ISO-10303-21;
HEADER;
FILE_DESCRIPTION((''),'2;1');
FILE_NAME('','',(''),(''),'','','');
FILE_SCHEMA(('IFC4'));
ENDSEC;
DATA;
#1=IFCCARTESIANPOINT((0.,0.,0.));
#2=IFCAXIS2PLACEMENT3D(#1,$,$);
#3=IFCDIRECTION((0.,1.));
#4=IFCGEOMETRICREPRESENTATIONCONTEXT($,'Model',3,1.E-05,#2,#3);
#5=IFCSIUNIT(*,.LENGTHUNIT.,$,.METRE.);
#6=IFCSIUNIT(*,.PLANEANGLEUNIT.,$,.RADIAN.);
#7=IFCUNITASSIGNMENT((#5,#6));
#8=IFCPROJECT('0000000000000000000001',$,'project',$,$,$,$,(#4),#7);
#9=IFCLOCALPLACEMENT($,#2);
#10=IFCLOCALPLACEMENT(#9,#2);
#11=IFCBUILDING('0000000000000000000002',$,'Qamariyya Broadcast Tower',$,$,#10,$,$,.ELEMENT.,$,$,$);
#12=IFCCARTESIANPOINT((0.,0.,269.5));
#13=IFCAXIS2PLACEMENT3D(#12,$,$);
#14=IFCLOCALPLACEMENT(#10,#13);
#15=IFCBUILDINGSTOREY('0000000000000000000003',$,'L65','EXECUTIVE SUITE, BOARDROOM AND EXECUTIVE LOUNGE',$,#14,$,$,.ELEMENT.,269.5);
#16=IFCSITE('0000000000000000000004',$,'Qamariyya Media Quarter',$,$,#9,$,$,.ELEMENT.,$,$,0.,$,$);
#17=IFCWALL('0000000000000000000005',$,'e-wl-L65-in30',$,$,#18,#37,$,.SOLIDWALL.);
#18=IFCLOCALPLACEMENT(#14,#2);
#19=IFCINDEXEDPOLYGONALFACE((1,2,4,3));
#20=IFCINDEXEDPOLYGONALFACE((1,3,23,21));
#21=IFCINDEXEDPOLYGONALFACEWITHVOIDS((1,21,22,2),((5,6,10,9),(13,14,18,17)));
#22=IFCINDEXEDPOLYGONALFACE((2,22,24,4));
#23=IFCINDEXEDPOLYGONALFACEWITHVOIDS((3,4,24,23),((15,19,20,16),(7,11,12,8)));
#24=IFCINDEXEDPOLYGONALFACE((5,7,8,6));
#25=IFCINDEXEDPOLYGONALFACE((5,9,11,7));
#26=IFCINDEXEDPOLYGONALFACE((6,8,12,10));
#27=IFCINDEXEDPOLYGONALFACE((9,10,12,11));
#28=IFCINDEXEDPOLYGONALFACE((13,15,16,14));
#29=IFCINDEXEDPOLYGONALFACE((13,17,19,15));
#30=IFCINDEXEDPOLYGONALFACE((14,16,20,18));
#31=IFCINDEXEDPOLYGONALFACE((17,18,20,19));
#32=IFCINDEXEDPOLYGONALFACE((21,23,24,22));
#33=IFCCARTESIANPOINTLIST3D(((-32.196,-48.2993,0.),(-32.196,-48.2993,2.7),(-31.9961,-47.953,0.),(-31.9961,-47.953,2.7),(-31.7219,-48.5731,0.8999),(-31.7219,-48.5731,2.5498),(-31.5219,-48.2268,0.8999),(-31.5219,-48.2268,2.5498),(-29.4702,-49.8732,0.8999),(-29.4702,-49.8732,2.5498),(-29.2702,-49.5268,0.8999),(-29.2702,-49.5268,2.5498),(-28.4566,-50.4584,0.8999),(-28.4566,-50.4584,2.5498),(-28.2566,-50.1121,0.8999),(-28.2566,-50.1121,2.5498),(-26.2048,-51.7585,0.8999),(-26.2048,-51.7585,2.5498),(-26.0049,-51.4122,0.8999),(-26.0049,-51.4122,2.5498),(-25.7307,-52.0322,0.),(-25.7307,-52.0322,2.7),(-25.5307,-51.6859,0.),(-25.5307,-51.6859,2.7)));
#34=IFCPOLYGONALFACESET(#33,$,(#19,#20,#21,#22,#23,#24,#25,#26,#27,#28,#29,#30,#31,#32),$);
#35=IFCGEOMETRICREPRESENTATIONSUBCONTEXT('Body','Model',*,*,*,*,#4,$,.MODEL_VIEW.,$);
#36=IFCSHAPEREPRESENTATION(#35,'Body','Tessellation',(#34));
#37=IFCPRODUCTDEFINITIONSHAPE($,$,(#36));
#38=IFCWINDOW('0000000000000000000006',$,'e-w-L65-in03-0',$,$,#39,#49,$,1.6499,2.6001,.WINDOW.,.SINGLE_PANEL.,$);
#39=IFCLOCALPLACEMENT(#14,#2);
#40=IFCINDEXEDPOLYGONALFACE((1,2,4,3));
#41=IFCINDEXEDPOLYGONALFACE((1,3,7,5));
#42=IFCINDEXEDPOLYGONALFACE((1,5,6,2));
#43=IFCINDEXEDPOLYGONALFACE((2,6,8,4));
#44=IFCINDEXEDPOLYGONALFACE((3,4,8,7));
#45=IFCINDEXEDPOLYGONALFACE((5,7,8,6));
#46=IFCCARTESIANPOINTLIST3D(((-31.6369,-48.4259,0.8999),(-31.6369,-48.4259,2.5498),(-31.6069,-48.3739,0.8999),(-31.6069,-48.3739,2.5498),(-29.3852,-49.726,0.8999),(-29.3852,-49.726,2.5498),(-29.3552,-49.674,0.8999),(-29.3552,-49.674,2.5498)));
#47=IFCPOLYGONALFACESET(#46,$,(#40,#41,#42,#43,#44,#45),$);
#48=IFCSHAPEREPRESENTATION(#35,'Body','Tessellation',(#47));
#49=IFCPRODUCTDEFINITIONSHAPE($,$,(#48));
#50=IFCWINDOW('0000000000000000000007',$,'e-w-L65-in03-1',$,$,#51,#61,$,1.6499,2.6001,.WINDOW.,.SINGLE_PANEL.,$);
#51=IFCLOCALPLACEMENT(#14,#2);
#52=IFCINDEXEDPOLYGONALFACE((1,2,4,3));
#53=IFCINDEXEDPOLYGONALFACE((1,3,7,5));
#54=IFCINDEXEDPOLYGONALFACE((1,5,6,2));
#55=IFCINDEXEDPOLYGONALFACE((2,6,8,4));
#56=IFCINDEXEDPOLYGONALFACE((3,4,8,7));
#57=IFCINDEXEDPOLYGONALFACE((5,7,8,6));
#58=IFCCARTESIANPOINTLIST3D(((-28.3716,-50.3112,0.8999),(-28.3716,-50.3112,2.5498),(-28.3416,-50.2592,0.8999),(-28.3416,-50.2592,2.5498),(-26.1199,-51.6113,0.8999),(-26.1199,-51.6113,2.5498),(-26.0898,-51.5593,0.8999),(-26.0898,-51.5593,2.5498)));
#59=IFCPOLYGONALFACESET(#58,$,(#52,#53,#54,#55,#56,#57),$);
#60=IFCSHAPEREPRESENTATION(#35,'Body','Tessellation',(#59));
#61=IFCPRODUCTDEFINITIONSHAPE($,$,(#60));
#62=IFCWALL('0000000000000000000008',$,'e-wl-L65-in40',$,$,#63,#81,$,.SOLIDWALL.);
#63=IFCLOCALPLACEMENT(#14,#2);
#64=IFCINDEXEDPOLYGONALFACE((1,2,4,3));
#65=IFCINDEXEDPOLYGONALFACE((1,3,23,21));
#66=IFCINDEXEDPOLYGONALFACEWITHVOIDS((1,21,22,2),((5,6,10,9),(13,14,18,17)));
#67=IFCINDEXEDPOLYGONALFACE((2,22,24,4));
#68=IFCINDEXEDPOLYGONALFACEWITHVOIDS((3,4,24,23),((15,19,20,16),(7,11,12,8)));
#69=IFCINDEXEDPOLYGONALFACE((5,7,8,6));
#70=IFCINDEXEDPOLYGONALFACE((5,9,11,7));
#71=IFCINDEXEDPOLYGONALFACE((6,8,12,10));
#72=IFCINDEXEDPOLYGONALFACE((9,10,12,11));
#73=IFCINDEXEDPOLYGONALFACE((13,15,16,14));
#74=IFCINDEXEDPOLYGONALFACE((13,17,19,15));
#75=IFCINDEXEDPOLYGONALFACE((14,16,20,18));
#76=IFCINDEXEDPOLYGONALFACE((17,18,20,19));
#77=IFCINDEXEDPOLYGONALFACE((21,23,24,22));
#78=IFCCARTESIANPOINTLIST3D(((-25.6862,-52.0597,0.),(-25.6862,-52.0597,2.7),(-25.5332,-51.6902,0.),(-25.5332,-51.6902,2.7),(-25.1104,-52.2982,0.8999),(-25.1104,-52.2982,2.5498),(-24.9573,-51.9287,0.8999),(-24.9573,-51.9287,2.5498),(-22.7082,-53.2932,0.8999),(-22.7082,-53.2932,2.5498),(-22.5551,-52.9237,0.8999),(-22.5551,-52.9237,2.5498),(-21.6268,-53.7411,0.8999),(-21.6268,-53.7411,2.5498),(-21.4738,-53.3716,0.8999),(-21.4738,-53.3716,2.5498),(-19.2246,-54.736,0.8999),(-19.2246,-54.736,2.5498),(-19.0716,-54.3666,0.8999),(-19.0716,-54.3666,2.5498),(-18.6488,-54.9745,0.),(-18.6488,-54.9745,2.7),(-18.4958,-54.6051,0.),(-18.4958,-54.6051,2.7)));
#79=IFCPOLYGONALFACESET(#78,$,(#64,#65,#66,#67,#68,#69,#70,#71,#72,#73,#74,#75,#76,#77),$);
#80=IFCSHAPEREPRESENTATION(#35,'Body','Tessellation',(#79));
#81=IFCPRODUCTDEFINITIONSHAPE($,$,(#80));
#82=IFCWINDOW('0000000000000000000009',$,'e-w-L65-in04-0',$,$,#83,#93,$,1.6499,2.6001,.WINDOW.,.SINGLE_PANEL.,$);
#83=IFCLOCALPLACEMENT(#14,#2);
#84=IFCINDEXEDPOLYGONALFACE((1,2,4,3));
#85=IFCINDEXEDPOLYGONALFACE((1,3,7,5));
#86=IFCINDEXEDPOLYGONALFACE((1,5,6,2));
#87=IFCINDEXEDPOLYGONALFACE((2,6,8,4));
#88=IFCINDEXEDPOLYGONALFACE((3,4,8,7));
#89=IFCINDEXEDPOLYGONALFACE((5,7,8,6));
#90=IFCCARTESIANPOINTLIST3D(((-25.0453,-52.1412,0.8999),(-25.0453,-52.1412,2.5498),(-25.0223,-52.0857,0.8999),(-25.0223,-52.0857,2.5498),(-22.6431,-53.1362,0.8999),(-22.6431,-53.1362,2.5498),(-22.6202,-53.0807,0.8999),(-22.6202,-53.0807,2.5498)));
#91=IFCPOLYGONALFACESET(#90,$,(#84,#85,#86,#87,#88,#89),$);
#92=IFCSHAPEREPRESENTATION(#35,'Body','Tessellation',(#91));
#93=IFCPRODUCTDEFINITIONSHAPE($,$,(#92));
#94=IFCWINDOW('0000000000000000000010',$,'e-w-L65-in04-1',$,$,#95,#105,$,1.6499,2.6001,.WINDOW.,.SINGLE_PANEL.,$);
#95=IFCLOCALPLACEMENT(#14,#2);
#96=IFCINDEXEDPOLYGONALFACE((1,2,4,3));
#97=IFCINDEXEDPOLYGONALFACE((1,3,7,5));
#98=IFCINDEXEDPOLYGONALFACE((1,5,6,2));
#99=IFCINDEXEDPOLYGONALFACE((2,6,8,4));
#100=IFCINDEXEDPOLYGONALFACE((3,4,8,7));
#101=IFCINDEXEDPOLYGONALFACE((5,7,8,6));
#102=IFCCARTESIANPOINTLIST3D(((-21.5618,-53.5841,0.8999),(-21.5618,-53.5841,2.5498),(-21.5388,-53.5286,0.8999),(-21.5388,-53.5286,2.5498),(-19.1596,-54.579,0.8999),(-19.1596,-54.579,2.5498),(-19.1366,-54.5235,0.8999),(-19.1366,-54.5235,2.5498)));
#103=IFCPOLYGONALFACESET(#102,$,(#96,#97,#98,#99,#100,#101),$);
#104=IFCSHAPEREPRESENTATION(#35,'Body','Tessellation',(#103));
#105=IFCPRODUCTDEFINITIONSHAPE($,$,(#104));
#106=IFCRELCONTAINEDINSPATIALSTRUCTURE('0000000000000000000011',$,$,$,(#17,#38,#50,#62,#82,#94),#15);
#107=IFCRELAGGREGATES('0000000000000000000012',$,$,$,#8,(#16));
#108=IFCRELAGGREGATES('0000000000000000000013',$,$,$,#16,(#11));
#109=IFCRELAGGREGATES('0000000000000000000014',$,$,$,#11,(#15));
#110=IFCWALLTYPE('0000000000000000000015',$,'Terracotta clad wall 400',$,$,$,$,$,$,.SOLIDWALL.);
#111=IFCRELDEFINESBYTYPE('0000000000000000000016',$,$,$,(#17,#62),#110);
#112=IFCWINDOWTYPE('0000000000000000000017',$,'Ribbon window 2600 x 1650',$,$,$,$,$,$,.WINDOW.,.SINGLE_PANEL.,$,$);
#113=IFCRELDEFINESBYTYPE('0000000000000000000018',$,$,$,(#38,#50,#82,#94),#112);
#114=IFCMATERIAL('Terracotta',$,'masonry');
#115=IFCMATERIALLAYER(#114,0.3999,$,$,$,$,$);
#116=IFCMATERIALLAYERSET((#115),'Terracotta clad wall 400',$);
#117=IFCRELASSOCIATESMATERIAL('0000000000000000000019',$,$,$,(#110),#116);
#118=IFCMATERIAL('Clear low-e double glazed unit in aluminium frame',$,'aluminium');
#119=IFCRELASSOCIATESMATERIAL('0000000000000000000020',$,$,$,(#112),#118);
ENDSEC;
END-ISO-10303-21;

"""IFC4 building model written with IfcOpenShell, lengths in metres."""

from ifc_helpers import new_model, si_unit, direction, frame, frame_2d, origin, place, context, subcontext, project, spatial, rectangle, extrude, material, layer, layer_set, type_object, element, fill, save


model = new_model("IFC4")

# Units and contexts
model_context = context("Model", 3, precision=1e-05, world=origin(), true_north=direction((0.0, 1.0)))
body_context = subcontext(model_context, "Body", "Model", "MODEL_VIEW")
ifc_project = project(units=[si_unit("LENGTHUNIT", "METRE"), si_unit("PLANEANGLEUNIT", "RADIAN")], contexts=[model_context])

# Site, building, storey
site_placement = place(None, origin())
site = spatial("IfcSite", under=ifc_project, at=site_placement, Name="Qamariyya Media Quarter", CompositionType="ELEMENT", RefElevation=0.0)
building_placement = place(site_placement, origin())
building = spatial("IfcBuilding", under=site, at=building_placement, Name="Qamariyya Broadcast Tower", CompositionType="ELEMENT")
storey_placement = place(building_placement, frame((0.0, 0.0, 269.5)))
storey = spatial("IfcBuildingStorey", under=building, at=storey_placement, Name="L65", Description="EXECUTIVE SUITE, BOARDROOM AND EXECUTIVE LOUNGE", CompositionType="ELEMENT", Elevation=269.5)

# Walls, openings, windows
ifc_material_1 = material(Name="Terracotta", Category="masonry")
ifc_layer_1 = layer(ifc_material_1, 0.3999)
ifc_layer_set_1 = layer_set([ifc_layer_1], Name="Terracotta clad wall 400")
wall_type_1 = type_object("IfcWallType", Name="Terracotta clad wall 400", PredefinedType="SOLIDWALL", material=ifc_layer_set_1)
ifc_material_2 = material(Name="Clear low-e double glazed unit in aluminium frame", Category="aluminium")
window_type = type_object("IfcWindowType", Name="Ribbon window 2600 x 1650", PartitioningType="SINGLE_PANEL", PredefinedType="WINDOW", material=ifc_material_2)
wall_1_placement = place(storey_placement, frame((-25.6306, -51.8591, 0.0), z_axis=(0.0, 0.0, 1.0), x_axis=(-0.866017, 0.500015, 0.0)))
wall_1 = element("IfcWall", 1, at=wall_1_placement, inside=storey, type_object=wall_type_1, Name="e-wl-L65-in30", PredefinedType="SOLIDWALL", context=body_context, shape_type="SweptSolid", body=[
    extrude(rectangle(XDim=7.4656, YDim=0.3999, at=frame_2d((3.7329, 0.0))), origin(), (0.0, 0.0, 1.0), 2.7),
])
opening_1_placement = place(wall_1_placement, frame((4.3181, 0.0, 0.8999)))
opening_1 = element("IfcOpeningElement", 2, at=opening_1_placement, cuts=wall_1, PredefinedType="OPENING", context=body_context, shape_type="SweptSolid", body=[
    extrude(rectangle(XDim=2.6001, YDim=1.6499, at=frame_2d((1.3, 0.825))), frame((0.0, 0.21, 0.0), z_axis=(0.0, -1.0, 0.0), x_axis=(1.0, 0.0, 0.0)), (0.0, 0.0, 1.0), 0.4199),
])
opening_2_placement = place(wall_1_placement, frame((0.5476, 0.0, 0.8999)))
opening_2 = element("IfcOpeningElement", 3, at=opening_2_placement, cuts=wall_1, PredefinedType="OPENING", context=body_context, shape_type="SweptSolid", body=[
    extrude(rectangle(XDim=2.6001, YDim=1.6499, at=frame_2d((1.3, 0.825))), frame((0.0, 0.21, 0.0), z_axis=(0.0, -1.0, 0.0), x_axis=(1.0, 0.0, 0.0)), (0.0, 0.0, 1.0), 0.4199),
])
window_1_placement = place(opening_1_placement, origin())
window_1 = element("IfcWindow", 4, at=window_1_placement, inside=storey, type_object=window_type, Name="e-w-L65-in03-0", OverallHeight=1.6499, OverallWidth=2.6001, PartitioningType="SINGLE_PANEL", PredefinedType="WINDOW", context=body_context, shape_type="SweptSolid", body=[
    extrude(rectangle(XDim=2.6001, YDim=1.6499, at=frame_2d((1.3, 0.825))), frame((0.0, 0.03, 0.0), z_axis=(0.0, -1.0, 0.0), x_axis=(1.0, 0.0, 0.0)), (0.0, 0.0, 1.0), 0.0601),
])
fill(opening_1, window_1)
window_2_placement = place(opening_2_placement, origin())
window_2 = element("IfcWindow", 5, at=window_2_placement, inside=storey, type_object=window_type, Name="e-w-L65-in03-1", OverallHeight=1.6499, OverallWidth=2.6001, PartitioningType="SINGLE_PANEL", PredefinedType="WINDOW", context=body_context, shape_type="SweptSolid", body=[
    extrude(rectangle(XDim=2.6001, YDim=1.6499, at=frame_2d((1.3, 0.825))), frame((0.0, 0.03, 0.0), z_axis=(0.0, -1.0, 0.0), x_axis=(1.0, 0.0, 0.0)), (0.0, 0.0, 1.0), 0.0601),
])
fill(opening_2, window_2)
wall_2_placement = place(storey_placement, frame((-18.5723, -54.7898, 0.0), z_axis=(0.0, 0.0, 1.0), x_axis=(-0.923888, 0.382664, 0.0)))
wall_2 = element("IfcWall", 6, at=wall_2_placement, inside=storey, type_object=wall_type_1, Name="e-wl-L65-in40", PredefinedType="SOLIDWALL", context=body_context, shape_type="SweptSolid", body=[
    extrude(rectangle(XDim=7.6172, YDim=0.3999, at=frame_2d((3.8086, 0.0))), origin(), (0.0, 0.0, 1.0), 2.7),
])
opening_3_placement = place(wall_2_placement, frame((4.3938, 0.0, 0.8999)))
opening_3 = element("IfcOpeningElement", 7, at=opening_3_placement, cuts=wall_2, PredefinedType="OPENING", context=body_context, shape_type="SweptSolid", body=[
    extrude(rectangle(XDim=2.6001, YDim=1.6499, at=frame_2d((1.3, 0.825))), frame((0.0, 0.21, 0.0), z_axis=(0.0, -1.0, 0.0), x_axis=(1.0, 0.0, 0.0)), (0.0, 0.0, 1.0), 0.4199),
])
opening_4_placement = place(wall_2_placement, frame((0.6233, 0.0, 0.8999)))
opening_4 = element("IfcOpeningElement", 8, at=opening_4_placement, cuts=wall_2, PredefinedType="OPENING", context=body_context, shape_type="SweptSolid", body=[
    extrude(rectangle(XDim=2.6001, YDim=1.6499, at=frame_2d((1.3, 0.825))), frame((0.0, 0.21, 0.0), z_axis=(0.0, -1.0, 0.0), x_axis=(1.0, 0.0, 0.0)), (0.0, 0.0, 1.0), 0.4199),
])
window_3_placement = place(opening_3_placement, origin())
window_3 = element("IfcWindow", 9, at=window_3_placement, inside=storey, type_object=window_type, Name="e-w-L65-in04-0", OverallHeight=1.6499, OverallWidth=2.6001, PartitioningType="SINGLE_PANEL", PredefinedType="WINDOW", context=body_context, shape_type="SweptSolid", body=[
    extrude(rectangle(XDim=2.6001, YDim=1.6499, at=frame_2d((1.3, 0.825))), frame((0.0, 0.03, 0.0), z_axis=(0.0, -1.0, 0.0), x_axis=(1.0, 0.0, 0.0)), (0.0, 0.0, 1.0), 0.0601),
])
fill(opening_3, window_3)
window_4_placement = place(opening_4_placement, origin())
window_4 = element("IfcWindow", 10, at=window_4_placement, inside=storey, type_object=window_type, Name="e-w-L65-in04-1", OverallHeight=1.6499, OverallWidth=2.6001, PartitioningType="SINGLE_PANEL", PredefinedType="WINDOW", context=body_context, shape_type="SweptSolid", body=[
    extrude(rectangle(XDim=2.6001, YDim=1.6499, at=frame_2d((1.3, 0.825))), frame((0.0, 0.03, 0.0), z_axis=(0.0, -1.0, 0.0), x_axis=(1.0, 0.0, 0.0)), (0.0, 0.0, 1.0), 0.0601),
])
fill(opening_4, window_4)

save(model, "model.ifc")
